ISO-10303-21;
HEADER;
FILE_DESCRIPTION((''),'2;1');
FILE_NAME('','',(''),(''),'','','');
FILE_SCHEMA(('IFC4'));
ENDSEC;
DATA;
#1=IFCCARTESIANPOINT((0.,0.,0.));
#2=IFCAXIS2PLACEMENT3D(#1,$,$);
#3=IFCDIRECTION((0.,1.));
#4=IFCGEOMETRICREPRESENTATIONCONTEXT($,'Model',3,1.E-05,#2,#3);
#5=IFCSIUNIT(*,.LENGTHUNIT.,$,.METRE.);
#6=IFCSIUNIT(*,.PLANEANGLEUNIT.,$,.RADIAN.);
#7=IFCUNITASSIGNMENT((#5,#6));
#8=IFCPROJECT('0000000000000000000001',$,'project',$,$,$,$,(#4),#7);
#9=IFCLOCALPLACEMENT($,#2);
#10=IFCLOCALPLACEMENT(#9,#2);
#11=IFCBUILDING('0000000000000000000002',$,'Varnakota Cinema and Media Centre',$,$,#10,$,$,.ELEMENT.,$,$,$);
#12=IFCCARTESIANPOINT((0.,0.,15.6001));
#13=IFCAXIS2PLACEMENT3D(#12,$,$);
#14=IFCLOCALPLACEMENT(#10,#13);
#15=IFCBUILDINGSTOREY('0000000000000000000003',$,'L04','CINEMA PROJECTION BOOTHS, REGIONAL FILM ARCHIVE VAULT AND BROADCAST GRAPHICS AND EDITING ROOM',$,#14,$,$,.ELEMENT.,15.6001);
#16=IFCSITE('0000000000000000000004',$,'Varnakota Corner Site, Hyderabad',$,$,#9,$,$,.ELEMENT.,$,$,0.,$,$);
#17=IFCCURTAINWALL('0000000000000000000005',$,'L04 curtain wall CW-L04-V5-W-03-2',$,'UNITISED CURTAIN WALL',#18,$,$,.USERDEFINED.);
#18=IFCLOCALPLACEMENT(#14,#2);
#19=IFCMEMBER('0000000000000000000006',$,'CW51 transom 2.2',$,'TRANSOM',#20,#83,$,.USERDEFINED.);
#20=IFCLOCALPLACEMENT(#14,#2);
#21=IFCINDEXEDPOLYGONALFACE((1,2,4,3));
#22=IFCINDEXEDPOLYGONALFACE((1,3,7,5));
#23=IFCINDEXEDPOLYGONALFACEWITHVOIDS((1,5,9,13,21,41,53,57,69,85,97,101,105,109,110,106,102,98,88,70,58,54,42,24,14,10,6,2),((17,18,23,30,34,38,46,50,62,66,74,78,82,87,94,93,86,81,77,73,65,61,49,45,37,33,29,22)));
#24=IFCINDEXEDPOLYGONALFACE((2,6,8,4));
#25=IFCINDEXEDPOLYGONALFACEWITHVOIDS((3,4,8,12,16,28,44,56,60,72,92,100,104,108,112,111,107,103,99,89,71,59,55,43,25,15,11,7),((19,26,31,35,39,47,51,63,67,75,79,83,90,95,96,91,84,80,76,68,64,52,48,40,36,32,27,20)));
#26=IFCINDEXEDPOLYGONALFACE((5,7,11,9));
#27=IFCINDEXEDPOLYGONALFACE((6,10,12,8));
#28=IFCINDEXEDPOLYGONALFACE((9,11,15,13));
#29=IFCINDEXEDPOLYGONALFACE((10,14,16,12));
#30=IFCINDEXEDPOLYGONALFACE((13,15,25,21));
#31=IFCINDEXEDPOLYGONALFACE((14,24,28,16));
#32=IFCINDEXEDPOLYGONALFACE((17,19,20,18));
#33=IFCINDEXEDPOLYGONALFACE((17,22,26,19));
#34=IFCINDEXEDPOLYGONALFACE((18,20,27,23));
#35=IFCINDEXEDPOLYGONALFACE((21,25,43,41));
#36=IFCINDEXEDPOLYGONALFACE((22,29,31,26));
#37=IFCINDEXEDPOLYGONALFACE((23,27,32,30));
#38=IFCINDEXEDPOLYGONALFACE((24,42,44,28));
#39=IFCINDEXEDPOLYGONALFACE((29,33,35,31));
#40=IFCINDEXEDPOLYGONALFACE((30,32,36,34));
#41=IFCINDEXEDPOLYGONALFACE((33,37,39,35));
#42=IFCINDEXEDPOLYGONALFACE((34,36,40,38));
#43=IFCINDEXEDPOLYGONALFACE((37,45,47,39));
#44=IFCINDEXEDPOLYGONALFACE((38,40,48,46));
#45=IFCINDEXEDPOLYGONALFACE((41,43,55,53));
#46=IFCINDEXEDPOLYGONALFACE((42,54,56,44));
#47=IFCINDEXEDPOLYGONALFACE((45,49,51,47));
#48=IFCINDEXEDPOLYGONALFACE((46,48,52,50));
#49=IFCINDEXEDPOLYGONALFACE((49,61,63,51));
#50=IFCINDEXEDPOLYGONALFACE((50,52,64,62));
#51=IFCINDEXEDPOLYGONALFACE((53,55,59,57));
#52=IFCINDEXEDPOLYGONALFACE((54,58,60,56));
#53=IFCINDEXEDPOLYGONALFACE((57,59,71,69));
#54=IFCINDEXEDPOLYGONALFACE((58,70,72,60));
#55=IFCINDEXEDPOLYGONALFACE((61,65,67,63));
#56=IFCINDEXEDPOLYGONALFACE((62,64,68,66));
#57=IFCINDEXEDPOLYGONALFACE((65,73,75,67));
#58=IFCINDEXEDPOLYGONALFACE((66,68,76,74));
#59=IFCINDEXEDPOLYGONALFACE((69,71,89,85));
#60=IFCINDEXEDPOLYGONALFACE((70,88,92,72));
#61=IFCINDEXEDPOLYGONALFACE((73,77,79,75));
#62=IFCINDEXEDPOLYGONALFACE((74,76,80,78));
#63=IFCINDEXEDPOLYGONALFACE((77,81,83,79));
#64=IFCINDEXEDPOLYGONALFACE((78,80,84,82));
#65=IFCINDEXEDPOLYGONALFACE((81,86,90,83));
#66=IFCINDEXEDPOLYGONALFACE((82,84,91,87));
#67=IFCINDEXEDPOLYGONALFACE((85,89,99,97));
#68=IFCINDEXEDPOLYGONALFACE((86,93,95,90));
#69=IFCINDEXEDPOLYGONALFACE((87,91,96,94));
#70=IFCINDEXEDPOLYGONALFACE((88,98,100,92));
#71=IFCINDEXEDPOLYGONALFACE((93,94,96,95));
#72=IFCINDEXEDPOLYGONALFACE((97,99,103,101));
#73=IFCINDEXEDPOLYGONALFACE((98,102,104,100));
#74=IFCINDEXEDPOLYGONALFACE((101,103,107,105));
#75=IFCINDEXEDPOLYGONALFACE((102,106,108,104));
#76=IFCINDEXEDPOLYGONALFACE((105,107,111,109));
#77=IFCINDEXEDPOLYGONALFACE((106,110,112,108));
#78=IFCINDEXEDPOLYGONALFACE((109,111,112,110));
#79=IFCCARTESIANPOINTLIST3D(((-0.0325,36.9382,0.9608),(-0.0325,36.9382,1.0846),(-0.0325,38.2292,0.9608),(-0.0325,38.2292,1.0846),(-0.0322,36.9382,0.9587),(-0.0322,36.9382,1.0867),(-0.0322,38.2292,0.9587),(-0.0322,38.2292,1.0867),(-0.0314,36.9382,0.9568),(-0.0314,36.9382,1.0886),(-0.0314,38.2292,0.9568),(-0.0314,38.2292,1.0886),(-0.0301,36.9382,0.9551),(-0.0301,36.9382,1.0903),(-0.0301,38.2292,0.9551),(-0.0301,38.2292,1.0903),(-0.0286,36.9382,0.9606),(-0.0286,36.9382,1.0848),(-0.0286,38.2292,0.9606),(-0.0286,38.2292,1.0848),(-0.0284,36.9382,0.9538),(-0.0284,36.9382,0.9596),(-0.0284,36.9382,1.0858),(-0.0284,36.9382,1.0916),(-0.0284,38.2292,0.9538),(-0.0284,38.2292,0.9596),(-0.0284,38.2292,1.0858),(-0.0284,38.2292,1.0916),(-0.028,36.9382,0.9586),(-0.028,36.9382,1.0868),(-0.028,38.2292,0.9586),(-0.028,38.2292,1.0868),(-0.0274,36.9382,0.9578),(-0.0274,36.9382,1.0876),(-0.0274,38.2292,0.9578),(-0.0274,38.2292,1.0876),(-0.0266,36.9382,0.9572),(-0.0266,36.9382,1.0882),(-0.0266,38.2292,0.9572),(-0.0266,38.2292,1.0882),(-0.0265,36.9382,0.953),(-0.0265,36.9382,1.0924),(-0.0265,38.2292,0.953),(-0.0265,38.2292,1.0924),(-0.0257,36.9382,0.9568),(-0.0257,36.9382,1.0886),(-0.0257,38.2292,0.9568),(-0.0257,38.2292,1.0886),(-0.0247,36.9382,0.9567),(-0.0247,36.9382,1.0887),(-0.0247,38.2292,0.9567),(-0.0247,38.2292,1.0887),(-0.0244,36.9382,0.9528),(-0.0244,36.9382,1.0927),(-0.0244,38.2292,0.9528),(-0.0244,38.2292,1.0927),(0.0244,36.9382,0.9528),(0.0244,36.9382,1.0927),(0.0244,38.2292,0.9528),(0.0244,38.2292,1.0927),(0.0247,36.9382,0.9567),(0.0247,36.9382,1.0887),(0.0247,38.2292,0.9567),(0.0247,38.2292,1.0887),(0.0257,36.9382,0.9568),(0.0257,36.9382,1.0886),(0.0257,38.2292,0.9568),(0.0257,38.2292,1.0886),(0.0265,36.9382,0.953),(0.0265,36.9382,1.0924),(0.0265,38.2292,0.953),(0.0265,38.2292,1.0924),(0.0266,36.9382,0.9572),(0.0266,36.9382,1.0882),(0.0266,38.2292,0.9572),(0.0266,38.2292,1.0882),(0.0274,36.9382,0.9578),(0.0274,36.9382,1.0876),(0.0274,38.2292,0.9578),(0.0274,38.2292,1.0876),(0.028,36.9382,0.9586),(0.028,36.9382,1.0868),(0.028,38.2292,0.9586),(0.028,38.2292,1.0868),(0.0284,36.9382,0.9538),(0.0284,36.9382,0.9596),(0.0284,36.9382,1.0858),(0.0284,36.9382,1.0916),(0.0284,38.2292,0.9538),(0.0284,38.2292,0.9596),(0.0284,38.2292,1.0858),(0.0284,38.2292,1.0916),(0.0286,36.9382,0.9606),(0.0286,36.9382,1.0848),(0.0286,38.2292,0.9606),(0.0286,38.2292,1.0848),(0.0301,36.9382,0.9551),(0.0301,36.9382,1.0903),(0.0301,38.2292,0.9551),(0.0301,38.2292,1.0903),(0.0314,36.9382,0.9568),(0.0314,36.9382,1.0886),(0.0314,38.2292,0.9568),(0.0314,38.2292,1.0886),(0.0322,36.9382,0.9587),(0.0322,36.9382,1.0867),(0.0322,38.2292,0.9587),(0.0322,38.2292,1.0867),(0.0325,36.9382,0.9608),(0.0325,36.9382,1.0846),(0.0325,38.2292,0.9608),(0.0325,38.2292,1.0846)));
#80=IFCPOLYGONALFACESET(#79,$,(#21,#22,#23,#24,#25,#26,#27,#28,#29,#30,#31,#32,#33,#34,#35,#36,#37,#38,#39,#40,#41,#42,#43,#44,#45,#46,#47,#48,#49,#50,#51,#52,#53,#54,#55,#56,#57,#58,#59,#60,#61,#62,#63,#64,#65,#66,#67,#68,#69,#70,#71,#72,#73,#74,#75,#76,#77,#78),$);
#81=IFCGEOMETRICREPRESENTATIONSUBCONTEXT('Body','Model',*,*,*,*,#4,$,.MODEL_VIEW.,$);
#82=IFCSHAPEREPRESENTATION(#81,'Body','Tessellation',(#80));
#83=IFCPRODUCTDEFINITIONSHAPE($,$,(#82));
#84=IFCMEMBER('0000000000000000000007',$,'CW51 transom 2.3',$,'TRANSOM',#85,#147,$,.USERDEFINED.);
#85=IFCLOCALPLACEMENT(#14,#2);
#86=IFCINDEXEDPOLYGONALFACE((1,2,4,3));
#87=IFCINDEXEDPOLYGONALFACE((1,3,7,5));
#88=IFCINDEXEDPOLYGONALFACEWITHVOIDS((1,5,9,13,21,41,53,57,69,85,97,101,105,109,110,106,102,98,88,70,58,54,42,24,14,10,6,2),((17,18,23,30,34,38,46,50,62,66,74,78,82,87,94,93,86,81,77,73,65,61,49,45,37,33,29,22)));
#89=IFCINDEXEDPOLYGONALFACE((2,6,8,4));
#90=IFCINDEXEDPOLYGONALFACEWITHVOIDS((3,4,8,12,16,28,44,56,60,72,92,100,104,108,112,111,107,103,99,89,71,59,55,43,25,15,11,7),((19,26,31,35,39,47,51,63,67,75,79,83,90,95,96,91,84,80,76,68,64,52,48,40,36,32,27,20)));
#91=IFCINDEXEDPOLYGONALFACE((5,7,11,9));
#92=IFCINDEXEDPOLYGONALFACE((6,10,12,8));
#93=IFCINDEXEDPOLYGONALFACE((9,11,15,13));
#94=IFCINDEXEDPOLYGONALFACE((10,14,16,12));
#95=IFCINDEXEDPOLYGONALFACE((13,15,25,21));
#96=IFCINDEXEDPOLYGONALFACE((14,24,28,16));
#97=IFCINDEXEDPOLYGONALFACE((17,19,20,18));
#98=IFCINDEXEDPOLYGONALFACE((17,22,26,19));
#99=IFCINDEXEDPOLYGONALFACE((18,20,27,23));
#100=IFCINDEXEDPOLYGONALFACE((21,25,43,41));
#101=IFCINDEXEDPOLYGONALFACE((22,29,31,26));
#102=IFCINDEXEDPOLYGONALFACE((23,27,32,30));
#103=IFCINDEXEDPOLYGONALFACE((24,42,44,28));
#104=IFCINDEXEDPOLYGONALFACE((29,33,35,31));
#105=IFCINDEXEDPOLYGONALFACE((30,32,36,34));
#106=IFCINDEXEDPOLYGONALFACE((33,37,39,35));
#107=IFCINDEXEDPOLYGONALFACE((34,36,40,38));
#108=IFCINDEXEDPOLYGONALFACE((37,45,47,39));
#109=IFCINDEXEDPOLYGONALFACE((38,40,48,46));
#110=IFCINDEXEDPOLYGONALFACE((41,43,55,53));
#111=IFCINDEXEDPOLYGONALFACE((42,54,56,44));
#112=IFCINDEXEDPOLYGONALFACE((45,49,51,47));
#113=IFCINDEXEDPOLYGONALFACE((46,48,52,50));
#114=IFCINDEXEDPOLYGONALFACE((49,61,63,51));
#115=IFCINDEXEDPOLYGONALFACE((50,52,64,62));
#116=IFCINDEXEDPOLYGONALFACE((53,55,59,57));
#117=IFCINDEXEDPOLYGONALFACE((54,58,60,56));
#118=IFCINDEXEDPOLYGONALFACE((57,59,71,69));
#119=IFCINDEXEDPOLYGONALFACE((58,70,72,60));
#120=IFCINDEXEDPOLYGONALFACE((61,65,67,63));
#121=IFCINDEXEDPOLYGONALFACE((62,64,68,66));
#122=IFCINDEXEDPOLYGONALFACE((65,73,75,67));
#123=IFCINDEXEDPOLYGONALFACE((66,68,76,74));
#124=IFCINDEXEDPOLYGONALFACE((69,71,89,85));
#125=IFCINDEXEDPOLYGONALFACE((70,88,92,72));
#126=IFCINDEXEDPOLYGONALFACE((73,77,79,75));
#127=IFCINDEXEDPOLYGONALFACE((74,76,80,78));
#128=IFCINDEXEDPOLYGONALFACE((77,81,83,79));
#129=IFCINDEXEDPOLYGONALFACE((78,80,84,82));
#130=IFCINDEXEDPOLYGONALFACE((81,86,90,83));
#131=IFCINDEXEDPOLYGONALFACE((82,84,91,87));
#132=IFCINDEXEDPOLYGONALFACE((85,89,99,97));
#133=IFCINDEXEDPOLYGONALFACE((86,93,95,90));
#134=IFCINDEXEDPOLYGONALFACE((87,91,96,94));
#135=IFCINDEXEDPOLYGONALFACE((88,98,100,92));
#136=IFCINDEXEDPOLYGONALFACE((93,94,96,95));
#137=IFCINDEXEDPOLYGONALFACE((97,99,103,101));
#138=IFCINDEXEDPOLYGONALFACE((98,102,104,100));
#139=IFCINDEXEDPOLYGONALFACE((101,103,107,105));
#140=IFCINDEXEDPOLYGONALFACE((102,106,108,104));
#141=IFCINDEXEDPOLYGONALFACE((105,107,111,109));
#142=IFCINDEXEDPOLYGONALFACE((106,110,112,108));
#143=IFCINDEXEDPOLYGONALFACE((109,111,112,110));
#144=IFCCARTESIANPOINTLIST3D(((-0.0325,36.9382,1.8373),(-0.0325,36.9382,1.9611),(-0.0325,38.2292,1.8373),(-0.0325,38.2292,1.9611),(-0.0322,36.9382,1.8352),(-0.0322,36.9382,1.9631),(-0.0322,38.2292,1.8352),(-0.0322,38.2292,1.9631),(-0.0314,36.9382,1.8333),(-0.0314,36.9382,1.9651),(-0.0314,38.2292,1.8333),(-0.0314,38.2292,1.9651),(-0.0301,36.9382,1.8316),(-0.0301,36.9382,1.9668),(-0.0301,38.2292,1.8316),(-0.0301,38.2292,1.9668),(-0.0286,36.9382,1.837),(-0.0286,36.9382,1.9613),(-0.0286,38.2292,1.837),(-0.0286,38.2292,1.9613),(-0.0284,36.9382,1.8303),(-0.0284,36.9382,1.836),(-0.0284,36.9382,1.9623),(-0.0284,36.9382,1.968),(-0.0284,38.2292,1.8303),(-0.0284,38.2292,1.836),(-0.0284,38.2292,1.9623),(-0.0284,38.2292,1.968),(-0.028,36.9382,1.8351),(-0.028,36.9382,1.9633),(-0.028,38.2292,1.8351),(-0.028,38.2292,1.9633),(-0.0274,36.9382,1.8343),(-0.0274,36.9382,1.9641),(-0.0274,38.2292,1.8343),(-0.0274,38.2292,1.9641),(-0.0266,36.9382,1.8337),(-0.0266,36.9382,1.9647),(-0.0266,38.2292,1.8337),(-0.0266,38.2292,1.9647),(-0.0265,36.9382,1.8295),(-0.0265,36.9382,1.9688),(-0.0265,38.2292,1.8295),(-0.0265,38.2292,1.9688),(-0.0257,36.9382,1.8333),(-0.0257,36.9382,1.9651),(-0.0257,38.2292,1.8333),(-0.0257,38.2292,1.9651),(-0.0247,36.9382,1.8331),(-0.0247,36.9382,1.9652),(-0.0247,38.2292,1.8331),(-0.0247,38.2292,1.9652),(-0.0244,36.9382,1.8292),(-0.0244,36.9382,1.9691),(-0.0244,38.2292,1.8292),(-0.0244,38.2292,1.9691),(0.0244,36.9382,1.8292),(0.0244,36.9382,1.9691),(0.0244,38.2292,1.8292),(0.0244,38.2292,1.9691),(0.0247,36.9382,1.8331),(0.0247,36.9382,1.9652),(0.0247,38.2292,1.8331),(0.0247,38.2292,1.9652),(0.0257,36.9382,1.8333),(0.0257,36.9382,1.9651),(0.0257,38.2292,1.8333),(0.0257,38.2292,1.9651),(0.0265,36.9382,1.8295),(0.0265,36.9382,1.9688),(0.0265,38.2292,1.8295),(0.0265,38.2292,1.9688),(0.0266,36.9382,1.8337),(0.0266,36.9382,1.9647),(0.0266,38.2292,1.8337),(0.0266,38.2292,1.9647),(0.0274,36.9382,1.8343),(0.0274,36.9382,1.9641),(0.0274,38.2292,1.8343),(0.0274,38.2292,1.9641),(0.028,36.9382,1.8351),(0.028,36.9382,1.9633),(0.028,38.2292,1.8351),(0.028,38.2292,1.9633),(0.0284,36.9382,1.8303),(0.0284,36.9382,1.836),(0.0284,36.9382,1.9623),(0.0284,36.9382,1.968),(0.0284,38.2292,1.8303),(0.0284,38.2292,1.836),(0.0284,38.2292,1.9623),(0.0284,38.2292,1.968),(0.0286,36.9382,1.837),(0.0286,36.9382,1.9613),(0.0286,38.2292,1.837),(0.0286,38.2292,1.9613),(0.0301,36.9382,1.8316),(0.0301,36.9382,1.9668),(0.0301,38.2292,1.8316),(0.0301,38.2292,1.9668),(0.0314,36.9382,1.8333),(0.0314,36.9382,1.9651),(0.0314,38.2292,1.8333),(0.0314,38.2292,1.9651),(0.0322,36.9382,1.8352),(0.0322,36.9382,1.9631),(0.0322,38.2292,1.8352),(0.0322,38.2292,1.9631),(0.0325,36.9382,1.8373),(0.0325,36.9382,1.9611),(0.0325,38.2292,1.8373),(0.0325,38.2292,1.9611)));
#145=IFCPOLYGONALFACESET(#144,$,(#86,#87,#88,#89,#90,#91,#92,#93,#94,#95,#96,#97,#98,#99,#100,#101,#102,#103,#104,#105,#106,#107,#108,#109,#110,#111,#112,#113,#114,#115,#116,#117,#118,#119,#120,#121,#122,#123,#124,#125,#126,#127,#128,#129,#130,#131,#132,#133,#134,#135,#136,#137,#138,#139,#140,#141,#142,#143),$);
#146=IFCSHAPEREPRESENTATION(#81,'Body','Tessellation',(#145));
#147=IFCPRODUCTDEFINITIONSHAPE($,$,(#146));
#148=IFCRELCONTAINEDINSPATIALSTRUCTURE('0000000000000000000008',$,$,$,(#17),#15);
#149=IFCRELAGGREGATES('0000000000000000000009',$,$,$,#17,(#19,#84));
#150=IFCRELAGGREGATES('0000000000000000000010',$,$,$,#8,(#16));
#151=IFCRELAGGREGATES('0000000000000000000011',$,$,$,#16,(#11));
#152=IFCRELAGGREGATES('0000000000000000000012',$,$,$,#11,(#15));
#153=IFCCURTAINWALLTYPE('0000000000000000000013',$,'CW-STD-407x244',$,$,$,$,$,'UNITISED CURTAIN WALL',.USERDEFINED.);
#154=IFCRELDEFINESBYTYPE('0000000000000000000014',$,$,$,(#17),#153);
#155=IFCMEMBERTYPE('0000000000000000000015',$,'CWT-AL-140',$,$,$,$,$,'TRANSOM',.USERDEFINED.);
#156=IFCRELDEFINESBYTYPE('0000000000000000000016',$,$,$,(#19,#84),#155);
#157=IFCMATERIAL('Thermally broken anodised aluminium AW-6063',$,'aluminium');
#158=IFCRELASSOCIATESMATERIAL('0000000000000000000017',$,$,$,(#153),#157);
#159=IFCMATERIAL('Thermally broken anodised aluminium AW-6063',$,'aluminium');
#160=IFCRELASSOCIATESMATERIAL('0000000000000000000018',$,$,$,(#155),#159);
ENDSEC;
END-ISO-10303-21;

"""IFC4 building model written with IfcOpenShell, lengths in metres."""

from ifc_helpers import new_model, si_unit, direction, frame, origin, origin_2d, place, context, subcontext, project, spatial, hollow_rectangle, extrude, material, material_profile, profile_set, type_object, element, aggregate, save


model = new_model("IFC4")

# Units and contexts
model_context = context("Model", 3, precision=1e-05, world=origin(), true_north=direction((0.0, 1.0)))
body_context = subcontext(model_context, "Body", "Model", "MODEL_VIEW")
ifc_project = project(units=[si_unit("LENGTHUNIT", "METRE"), si_unit("PLANEANGLEUNIT", "RADIAN")], contexts=[model_context])

# Site, building, storey
site_placement = place(None, origin())
site = spatial("IfcSite", under=ifc_project, at=site_placement, Name="Varnakota Corner Site, Hyderabad", CompositionType="ELEMENT", RefElevation=0.0)
building_placement = place(site_placement, origin())
building = spatial("IfcBuilding", under=site, at=building_placement, Name="Varnakota Cinema and Media Centre", CompositionType="ELEMENT")
storey_placement = place(building_placement, frame((0.0, 0.0, 15.6001)))
storey = spatial("IfcBuildingStorey", under=building, at=storey_placement, Name="L04", Description="CINEMA PROJECTION BOOTHS, REGIONAL FILM ARCHIVE VAULT AND BROADCAST GRAPHICS AND EDITING ROOM", CompositionType="ELEMENT", Elevation=15.6001)

# Shared definitions
ifc_material_1 = material(Name="Thermally broken anodised aluminium AW-6063", Category="aluminium")
curtain_wall_type = type_object("IfcCurtainWallType", Name="CW-STD-407x244", ElementType="UNITISED CURTAIN WALL", PredefinedType="USERDEFINED", material=ifc_material_1)

# Curtain wall, members
curtain_wall_1_placement = place(storey_placement, origin())
curtain_wall_1 = element("IfcCurtainWall", 1, at=curtain_wall_1_placement, inside=storey, type_object=curtain_wall_type, Name="L04 curtain wall CW-L04-V5-W-03-2", ObjectType="UNITISED CURTAIN WALL", PredefinedType="USERDEFINED")
ifc_material_2 = material(Name="Thermally broken anodised aluminium AW-6063", Category="aluminium")
ifc_material_profile_1 = material_profile(ifc_material_2, hollow_rectangle(XDim=0.0649, YDim=0.1399, WallThickness=0.0039, InnerFilletRadius=0.0039, OuterFilletRadius=0.0081, at=origin_2d()), Name="AL-TRANSOM 140x65x4")
ifc_profile_set_1 = profile_set([ifc_material_profile_1], Name="Thermally broken anodised aluminium AW-6063")
member_type_1 = type_object("IfcMemberType", Name="CWT-AL-140", ElementType="TRANSOM", PredefinedType="USERDEFINED", material=ifc_profile_set_1)
member_1_placement = place(storey_placement, frame((0.0, 38.2292, 1.0227), z_axis=(0.0, -1.0, 0.0), x_axis=(1.0, 0.0, 0.0)))
member_1 = element("IfcMember", 2, at=member_1_placement, type_object=member_type_1, Name="CW51 transom 2.2", ObjectType="TRANSOM", PredefinedType="USERDEFINED", context=body_context, shape_type="SweptSolid", body=[
    extrude(hollow_rectangle(XDim=0.0649, YDim=0.1399, WallThickness=0.0039, InnerFilletRadius=0.0039, OuterFilletRadius=0.0081, at=origin_2d()), origin(), (0.0, 0.0, 1.0), 1.291),
])
member_2_placement = place(storey_placement, frame((0.0, 38.2292, 1.8992), z_axis=(0.0, -1.0, 0.0), x_axis=(1.0, 0.0, 0.0)))
member_2 = element("IfcMember", 3, at=member_2_placement, type_object=member_type_1, Name="CW51 transom 2.3", ObjectType="TRANSOM", PredefinedType="USERDEFINED", context=body_context, shape_type="SweptSolid", body=[
    extrude(hollow_rectangle(XDim=0.0649, YDim=0.1399, WallThickness=0.0039, InnerFilletRadius=0.0039, OuterFilletRadius=0.0081, at=origin_2d()), origin(), (0.0, 0.0, 1.0), 1.291),
])

aggregate(curtain_wall_1, [member_1, member_2])

save(model, "model.ifc")
